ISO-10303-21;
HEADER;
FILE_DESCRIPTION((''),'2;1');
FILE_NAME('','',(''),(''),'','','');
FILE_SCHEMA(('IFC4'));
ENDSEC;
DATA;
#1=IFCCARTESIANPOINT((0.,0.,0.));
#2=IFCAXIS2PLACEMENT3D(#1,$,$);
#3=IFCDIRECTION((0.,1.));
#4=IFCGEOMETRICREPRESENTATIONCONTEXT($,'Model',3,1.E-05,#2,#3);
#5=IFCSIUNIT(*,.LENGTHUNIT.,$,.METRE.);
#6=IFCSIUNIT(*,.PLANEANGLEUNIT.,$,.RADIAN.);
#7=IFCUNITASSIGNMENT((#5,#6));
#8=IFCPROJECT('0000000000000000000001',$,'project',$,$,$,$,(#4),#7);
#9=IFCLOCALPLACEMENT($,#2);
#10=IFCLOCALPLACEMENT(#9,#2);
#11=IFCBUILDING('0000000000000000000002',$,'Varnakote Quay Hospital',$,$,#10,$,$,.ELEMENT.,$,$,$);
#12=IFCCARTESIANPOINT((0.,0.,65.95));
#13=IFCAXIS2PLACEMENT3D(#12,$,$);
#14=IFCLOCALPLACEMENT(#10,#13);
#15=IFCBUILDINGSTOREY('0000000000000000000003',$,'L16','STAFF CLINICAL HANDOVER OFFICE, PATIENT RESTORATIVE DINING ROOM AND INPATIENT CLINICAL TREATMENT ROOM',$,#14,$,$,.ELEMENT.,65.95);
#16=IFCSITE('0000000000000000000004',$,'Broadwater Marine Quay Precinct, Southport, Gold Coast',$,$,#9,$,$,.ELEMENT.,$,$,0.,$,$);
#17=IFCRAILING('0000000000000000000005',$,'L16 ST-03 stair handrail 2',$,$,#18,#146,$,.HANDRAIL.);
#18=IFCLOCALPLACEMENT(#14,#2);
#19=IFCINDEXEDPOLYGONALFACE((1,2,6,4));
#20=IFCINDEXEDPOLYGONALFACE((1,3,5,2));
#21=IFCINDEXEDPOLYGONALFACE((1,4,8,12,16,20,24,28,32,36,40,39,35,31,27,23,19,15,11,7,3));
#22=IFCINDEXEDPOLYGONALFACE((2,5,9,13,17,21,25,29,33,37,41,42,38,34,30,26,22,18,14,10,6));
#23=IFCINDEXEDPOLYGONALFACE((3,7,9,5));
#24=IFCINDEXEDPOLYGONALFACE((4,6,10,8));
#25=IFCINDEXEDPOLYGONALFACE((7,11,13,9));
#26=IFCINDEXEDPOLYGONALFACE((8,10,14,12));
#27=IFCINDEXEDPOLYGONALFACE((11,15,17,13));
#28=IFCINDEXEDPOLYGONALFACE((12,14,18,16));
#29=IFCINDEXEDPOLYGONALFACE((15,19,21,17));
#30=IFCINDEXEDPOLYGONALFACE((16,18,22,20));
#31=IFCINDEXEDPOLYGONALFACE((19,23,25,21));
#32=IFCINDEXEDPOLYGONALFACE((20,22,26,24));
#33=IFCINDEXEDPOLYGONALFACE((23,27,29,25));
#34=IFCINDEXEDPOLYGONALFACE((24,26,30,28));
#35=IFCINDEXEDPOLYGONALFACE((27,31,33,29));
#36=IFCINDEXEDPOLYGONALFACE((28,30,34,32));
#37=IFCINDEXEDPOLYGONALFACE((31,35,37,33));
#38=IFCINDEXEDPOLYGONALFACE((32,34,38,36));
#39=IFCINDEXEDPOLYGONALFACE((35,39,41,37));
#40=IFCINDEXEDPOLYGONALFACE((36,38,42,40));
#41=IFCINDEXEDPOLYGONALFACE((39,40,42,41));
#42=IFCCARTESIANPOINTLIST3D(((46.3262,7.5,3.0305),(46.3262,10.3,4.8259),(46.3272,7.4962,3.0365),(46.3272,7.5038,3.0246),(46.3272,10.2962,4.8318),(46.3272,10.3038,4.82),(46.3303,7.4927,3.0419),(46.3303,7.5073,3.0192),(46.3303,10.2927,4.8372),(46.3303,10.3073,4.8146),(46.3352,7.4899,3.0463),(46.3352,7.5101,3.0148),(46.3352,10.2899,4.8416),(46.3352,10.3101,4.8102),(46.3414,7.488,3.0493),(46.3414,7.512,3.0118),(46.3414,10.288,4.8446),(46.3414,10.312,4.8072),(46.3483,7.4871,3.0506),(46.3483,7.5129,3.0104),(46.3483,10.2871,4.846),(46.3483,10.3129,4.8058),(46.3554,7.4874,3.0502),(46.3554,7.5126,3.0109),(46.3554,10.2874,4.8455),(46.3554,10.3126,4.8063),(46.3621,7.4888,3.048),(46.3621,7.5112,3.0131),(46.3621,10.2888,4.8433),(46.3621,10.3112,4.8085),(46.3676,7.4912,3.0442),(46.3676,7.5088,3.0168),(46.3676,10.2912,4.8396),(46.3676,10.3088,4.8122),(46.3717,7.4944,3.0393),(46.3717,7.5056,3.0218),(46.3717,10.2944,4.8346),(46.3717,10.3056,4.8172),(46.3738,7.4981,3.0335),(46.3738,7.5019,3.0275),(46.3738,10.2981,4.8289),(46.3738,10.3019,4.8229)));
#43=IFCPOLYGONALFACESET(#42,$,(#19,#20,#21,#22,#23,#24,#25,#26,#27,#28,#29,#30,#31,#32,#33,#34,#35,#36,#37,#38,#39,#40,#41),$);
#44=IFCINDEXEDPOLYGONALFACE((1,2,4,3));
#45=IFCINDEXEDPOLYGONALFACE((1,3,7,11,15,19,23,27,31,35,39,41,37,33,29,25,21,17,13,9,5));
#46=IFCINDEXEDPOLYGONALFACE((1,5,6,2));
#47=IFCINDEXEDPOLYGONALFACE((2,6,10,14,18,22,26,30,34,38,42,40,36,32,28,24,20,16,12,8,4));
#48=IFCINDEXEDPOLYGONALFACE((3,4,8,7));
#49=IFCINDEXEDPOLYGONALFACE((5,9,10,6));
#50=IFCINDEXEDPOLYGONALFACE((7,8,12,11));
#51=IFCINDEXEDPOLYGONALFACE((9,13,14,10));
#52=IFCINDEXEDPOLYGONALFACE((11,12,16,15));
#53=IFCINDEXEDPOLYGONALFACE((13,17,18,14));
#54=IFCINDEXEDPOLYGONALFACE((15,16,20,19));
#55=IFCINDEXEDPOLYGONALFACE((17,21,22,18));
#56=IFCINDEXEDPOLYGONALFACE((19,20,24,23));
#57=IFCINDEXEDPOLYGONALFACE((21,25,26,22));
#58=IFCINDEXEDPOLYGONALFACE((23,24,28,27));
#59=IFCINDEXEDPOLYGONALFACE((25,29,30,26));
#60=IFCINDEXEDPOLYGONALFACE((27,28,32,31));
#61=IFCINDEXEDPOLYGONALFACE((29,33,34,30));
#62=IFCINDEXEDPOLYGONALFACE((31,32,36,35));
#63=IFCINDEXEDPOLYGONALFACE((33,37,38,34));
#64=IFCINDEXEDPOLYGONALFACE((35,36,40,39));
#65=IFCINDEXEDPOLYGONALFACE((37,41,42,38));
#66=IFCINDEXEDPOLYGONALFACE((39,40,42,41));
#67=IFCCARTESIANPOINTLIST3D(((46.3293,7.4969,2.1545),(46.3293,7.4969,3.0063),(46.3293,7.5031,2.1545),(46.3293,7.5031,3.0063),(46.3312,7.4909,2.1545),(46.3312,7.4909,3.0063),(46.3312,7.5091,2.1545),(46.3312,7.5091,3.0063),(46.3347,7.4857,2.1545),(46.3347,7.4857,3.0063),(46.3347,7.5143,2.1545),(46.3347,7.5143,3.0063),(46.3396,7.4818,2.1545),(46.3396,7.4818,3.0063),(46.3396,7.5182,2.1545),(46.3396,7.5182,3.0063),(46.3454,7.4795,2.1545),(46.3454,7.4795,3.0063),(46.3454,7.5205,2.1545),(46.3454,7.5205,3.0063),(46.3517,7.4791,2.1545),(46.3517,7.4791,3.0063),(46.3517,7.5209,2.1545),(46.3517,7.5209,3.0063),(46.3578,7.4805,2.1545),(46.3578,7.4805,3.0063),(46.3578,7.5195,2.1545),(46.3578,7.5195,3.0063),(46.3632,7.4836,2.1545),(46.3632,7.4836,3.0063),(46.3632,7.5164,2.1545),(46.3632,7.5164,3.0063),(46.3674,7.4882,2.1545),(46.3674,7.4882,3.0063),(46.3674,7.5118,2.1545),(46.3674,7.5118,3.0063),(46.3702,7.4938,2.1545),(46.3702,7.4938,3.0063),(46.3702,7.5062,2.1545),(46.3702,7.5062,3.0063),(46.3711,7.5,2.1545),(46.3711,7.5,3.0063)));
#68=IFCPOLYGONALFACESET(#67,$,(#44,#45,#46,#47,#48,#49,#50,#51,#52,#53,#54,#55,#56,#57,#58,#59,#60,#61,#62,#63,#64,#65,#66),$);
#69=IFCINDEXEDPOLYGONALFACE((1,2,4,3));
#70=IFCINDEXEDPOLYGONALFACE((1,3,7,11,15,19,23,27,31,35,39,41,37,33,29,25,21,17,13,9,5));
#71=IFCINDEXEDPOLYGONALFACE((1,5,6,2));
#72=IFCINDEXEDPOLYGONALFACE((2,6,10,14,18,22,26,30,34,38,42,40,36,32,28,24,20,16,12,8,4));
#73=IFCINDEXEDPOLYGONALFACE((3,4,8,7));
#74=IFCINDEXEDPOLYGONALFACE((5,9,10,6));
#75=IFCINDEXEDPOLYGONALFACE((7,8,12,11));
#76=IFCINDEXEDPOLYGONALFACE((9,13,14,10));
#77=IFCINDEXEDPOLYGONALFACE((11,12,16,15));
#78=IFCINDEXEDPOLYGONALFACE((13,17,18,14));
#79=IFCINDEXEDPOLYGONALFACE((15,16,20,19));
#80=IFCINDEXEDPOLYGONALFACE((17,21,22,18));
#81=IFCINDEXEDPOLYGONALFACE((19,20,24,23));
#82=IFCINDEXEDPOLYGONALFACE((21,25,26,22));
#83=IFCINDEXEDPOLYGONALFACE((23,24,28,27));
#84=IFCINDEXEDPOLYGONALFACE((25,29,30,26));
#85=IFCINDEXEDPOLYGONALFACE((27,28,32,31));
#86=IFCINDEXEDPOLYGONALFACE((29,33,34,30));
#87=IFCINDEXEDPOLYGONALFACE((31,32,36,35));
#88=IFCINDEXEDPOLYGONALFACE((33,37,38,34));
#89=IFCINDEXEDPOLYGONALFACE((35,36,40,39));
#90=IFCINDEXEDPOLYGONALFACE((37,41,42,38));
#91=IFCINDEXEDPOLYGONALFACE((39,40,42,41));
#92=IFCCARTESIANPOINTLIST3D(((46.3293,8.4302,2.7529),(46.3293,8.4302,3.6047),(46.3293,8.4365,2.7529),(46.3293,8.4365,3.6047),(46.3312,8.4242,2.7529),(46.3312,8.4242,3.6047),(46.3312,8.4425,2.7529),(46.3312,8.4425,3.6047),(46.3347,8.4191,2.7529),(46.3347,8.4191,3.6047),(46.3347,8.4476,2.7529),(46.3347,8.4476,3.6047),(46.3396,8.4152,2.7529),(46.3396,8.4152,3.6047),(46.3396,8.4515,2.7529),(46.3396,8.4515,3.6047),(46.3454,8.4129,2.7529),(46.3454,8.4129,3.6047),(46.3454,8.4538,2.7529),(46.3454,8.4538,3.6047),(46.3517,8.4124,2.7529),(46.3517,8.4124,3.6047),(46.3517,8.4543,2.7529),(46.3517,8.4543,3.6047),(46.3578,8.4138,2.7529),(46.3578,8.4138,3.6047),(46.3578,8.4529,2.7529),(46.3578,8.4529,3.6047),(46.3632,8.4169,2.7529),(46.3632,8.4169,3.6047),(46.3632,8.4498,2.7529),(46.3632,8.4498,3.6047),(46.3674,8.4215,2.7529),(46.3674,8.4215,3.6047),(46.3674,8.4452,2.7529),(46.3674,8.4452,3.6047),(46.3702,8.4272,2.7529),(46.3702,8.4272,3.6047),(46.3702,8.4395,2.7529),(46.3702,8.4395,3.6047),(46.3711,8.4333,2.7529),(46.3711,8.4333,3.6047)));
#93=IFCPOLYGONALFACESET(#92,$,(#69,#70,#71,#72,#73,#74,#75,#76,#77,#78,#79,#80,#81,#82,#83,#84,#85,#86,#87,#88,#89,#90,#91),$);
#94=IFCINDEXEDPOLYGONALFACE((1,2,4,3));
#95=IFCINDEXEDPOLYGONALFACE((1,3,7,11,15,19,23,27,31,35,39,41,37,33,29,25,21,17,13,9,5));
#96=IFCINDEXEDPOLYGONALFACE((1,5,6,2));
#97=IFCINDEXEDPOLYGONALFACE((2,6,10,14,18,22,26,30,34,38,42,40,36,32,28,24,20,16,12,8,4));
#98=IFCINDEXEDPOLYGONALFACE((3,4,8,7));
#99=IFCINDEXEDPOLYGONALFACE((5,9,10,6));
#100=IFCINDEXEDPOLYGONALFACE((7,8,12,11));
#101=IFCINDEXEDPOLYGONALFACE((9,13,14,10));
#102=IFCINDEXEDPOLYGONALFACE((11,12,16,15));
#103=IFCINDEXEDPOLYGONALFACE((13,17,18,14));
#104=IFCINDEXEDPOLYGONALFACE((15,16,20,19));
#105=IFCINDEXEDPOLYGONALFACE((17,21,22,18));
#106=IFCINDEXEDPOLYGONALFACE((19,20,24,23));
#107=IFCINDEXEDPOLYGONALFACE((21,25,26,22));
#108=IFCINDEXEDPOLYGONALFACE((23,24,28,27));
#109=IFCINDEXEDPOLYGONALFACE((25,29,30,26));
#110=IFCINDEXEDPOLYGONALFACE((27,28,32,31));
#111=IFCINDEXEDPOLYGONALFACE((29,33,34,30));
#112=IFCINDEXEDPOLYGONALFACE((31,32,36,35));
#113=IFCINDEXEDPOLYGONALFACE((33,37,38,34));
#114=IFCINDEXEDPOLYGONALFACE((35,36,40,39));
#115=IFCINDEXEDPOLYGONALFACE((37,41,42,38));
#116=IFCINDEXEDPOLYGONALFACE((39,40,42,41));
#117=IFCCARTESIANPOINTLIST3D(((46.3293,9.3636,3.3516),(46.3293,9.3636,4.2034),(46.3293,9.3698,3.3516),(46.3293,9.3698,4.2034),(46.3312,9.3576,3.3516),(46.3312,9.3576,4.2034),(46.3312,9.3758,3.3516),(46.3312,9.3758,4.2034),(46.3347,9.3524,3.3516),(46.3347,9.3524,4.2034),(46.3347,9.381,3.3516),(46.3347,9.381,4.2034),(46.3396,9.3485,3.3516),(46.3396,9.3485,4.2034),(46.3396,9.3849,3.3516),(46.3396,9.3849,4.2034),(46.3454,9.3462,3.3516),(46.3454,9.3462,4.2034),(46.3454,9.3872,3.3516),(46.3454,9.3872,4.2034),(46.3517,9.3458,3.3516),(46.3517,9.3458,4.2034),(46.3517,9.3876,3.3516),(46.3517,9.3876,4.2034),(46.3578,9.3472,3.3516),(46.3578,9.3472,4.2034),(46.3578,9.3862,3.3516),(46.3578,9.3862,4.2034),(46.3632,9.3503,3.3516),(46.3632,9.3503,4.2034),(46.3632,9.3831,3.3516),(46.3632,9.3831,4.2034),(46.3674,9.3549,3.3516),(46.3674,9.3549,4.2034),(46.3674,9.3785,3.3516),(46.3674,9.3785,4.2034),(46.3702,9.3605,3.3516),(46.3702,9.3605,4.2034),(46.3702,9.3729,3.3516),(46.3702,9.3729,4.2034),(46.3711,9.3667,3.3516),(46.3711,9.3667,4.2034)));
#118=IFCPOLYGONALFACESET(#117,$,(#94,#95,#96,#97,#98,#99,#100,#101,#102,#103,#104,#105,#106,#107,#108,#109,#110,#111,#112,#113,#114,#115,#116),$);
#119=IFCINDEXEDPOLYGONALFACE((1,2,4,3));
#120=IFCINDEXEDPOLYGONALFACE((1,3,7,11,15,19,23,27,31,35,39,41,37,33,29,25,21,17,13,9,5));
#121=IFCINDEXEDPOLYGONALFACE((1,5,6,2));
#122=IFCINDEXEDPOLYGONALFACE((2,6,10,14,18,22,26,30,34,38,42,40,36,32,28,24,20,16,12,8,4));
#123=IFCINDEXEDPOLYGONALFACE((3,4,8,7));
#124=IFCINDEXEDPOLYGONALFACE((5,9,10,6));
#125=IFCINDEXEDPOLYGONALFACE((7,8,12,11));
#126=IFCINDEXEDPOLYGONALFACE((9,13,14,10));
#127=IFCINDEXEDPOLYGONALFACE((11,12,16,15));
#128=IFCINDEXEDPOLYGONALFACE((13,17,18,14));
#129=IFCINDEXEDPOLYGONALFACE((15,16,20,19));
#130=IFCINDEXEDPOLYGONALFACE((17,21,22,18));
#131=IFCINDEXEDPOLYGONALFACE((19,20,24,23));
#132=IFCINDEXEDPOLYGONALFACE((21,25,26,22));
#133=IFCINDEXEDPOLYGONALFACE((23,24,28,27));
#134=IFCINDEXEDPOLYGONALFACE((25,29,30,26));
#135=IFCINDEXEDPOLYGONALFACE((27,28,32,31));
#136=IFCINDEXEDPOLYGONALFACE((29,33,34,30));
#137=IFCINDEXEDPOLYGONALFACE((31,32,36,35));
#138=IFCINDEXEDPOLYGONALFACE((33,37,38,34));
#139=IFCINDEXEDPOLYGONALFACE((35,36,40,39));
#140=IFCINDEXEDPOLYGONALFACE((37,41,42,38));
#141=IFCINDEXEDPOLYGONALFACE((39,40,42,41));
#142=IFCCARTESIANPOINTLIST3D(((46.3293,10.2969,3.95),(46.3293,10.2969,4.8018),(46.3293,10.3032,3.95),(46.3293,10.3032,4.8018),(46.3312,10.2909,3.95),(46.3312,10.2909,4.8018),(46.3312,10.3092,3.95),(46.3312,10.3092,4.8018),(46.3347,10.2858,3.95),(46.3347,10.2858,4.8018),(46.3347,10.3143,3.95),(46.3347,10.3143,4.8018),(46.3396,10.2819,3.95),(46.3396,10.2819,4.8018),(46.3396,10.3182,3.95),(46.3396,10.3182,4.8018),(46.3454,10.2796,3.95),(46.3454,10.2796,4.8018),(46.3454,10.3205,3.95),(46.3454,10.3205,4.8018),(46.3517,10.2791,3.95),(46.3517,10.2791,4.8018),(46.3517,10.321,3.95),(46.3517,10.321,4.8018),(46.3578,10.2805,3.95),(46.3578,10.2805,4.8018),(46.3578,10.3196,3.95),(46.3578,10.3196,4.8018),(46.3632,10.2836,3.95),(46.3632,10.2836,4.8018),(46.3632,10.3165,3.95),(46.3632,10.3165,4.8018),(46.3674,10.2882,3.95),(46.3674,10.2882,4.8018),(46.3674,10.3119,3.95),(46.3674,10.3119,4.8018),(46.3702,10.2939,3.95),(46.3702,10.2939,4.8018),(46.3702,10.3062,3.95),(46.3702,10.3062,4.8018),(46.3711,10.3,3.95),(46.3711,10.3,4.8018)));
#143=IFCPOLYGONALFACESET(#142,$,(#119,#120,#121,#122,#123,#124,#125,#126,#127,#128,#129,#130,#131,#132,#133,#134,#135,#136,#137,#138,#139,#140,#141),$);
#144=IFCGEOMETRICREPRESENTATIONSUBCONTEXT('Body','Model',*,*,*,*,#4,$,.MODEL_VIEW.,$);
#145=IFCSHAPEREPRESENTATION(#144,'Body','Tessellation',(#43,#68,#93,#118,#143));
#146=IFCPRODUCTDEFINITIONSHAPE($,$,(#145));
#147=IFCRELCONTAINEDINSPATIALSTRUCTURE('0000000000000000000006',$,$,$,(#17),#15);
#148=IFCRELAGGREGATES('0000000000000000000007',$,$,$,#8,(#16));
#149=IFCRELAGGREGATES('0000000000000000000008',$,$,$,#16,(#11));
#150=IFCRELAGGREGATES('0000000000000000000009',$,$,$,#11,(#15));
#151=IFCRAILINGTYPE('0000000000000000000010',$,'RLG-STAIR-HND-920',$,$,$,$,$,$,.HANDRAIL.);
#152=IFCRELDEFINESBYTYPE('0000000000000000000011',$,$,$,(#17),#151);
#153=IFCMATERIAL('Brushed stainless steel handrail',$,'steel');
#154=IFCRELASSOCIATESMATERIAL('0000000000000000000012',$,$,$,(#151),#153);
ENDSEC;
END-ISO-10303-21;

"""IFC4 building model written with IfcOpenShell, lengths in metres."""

from ifc_helpers import new_model, si_unit, direction, frame, origin, origin_2d, place, context, subcontext, project, spatial, circle, extrude, material, type_object, element, save


model = new_model("IFC4")

# Units and contexts
model_context = context("Model", 3, precision=1e-05, world=origin(), true_north=direction((0.0, 1.0)))
body_context = subcontext(model_context, "Body", "Model", "MODEL_VIEW")
ifc_project = project(units=[si_unit("LENGTHUNIT", "METRE"), si_unit("PLANEANGLEUNIT", "RADIAN")], contexts=[model_context])

# Site, building, storey
site_placement = place(None, origin())
site = spatial("IfcSite", under=ifc_project, at=site_placement, Name="Broadwater Marine Quay Precinct, Southport, Gold Coast", CompositionType="ELEMENT", RefElevation=0.0)
building_placement = place(site_placement, origin())
building = spatial("IfcBuilding", under=site, at=building_placement, Name="Varnakote Quay Hospital", CompositionType="ELEMENT")
storey_placement = place(building_placement, frame((0.0, 0.0, 65.95)))
storey = spatial("IfcBuildingStorey", under=building, at=storey_placement, Name="L16", Description="STAFF CLINICAL HANDOVER OFFICE, PATIENT RESTORATIVE DINING ROOM AND INPATIENT CLINICAL TREATMENT ROOM", CompositionType="ELEMENT", Elevation=65.95)

# Railing
ifc_material_1 = material(Name="Brushed stainless steel handrail", Category="steel")
railing_type_1 = type_object("IfcRailingType", Name="RLG-STAIR-HND-920", PredefinedType="HANDRAIL", material=ifc_material_1)
railing_1_placement = place(storey_placement, frame((46.3501, 7.5, 2.1545)))
element("IfcRailing", 1, at=railing_1_placement, inside=storey, type_object=railing_type_1, Name="L16 ST-03 stair handrail 2", PredefinedType="HANDRAIL", context=body_context, shape_type="SweptSolid", body=[
    extrude(circle(Radius=0.0239, at=origin_2d()), frame((0.0, 0.0, 0.876), z_axis=(0.0, 0.84181, 0.539774), x_axis=(-1.0, 0.0, 0.0)), (0.0, 0.0, 1.0), 3.3262),
    extrude(circle(Radius=0.021, at=origin_2d()), origin(), (0.0, 0.0, 1.0), 0.8518),
    extrude(circle(Radius=0.021, at=origin_2d()), frame((0.0, 0.9333, 0.5984)), (0.0, 0.0, 1.0), 0.8518),
    extrude(circle(Radius=0.021, at=origin_2d()), frame((0.0, 1.8667, 1.197)), (0.0, 0.0, 1.0), 0.8518),
    extrude(circle(Radius=0.021, at=origin_2d()), frame((0.0, 2.8, 1.7954)), (0.0, 0.0, 1.0), 0.8518),
])

save(model, "model.ifc")
